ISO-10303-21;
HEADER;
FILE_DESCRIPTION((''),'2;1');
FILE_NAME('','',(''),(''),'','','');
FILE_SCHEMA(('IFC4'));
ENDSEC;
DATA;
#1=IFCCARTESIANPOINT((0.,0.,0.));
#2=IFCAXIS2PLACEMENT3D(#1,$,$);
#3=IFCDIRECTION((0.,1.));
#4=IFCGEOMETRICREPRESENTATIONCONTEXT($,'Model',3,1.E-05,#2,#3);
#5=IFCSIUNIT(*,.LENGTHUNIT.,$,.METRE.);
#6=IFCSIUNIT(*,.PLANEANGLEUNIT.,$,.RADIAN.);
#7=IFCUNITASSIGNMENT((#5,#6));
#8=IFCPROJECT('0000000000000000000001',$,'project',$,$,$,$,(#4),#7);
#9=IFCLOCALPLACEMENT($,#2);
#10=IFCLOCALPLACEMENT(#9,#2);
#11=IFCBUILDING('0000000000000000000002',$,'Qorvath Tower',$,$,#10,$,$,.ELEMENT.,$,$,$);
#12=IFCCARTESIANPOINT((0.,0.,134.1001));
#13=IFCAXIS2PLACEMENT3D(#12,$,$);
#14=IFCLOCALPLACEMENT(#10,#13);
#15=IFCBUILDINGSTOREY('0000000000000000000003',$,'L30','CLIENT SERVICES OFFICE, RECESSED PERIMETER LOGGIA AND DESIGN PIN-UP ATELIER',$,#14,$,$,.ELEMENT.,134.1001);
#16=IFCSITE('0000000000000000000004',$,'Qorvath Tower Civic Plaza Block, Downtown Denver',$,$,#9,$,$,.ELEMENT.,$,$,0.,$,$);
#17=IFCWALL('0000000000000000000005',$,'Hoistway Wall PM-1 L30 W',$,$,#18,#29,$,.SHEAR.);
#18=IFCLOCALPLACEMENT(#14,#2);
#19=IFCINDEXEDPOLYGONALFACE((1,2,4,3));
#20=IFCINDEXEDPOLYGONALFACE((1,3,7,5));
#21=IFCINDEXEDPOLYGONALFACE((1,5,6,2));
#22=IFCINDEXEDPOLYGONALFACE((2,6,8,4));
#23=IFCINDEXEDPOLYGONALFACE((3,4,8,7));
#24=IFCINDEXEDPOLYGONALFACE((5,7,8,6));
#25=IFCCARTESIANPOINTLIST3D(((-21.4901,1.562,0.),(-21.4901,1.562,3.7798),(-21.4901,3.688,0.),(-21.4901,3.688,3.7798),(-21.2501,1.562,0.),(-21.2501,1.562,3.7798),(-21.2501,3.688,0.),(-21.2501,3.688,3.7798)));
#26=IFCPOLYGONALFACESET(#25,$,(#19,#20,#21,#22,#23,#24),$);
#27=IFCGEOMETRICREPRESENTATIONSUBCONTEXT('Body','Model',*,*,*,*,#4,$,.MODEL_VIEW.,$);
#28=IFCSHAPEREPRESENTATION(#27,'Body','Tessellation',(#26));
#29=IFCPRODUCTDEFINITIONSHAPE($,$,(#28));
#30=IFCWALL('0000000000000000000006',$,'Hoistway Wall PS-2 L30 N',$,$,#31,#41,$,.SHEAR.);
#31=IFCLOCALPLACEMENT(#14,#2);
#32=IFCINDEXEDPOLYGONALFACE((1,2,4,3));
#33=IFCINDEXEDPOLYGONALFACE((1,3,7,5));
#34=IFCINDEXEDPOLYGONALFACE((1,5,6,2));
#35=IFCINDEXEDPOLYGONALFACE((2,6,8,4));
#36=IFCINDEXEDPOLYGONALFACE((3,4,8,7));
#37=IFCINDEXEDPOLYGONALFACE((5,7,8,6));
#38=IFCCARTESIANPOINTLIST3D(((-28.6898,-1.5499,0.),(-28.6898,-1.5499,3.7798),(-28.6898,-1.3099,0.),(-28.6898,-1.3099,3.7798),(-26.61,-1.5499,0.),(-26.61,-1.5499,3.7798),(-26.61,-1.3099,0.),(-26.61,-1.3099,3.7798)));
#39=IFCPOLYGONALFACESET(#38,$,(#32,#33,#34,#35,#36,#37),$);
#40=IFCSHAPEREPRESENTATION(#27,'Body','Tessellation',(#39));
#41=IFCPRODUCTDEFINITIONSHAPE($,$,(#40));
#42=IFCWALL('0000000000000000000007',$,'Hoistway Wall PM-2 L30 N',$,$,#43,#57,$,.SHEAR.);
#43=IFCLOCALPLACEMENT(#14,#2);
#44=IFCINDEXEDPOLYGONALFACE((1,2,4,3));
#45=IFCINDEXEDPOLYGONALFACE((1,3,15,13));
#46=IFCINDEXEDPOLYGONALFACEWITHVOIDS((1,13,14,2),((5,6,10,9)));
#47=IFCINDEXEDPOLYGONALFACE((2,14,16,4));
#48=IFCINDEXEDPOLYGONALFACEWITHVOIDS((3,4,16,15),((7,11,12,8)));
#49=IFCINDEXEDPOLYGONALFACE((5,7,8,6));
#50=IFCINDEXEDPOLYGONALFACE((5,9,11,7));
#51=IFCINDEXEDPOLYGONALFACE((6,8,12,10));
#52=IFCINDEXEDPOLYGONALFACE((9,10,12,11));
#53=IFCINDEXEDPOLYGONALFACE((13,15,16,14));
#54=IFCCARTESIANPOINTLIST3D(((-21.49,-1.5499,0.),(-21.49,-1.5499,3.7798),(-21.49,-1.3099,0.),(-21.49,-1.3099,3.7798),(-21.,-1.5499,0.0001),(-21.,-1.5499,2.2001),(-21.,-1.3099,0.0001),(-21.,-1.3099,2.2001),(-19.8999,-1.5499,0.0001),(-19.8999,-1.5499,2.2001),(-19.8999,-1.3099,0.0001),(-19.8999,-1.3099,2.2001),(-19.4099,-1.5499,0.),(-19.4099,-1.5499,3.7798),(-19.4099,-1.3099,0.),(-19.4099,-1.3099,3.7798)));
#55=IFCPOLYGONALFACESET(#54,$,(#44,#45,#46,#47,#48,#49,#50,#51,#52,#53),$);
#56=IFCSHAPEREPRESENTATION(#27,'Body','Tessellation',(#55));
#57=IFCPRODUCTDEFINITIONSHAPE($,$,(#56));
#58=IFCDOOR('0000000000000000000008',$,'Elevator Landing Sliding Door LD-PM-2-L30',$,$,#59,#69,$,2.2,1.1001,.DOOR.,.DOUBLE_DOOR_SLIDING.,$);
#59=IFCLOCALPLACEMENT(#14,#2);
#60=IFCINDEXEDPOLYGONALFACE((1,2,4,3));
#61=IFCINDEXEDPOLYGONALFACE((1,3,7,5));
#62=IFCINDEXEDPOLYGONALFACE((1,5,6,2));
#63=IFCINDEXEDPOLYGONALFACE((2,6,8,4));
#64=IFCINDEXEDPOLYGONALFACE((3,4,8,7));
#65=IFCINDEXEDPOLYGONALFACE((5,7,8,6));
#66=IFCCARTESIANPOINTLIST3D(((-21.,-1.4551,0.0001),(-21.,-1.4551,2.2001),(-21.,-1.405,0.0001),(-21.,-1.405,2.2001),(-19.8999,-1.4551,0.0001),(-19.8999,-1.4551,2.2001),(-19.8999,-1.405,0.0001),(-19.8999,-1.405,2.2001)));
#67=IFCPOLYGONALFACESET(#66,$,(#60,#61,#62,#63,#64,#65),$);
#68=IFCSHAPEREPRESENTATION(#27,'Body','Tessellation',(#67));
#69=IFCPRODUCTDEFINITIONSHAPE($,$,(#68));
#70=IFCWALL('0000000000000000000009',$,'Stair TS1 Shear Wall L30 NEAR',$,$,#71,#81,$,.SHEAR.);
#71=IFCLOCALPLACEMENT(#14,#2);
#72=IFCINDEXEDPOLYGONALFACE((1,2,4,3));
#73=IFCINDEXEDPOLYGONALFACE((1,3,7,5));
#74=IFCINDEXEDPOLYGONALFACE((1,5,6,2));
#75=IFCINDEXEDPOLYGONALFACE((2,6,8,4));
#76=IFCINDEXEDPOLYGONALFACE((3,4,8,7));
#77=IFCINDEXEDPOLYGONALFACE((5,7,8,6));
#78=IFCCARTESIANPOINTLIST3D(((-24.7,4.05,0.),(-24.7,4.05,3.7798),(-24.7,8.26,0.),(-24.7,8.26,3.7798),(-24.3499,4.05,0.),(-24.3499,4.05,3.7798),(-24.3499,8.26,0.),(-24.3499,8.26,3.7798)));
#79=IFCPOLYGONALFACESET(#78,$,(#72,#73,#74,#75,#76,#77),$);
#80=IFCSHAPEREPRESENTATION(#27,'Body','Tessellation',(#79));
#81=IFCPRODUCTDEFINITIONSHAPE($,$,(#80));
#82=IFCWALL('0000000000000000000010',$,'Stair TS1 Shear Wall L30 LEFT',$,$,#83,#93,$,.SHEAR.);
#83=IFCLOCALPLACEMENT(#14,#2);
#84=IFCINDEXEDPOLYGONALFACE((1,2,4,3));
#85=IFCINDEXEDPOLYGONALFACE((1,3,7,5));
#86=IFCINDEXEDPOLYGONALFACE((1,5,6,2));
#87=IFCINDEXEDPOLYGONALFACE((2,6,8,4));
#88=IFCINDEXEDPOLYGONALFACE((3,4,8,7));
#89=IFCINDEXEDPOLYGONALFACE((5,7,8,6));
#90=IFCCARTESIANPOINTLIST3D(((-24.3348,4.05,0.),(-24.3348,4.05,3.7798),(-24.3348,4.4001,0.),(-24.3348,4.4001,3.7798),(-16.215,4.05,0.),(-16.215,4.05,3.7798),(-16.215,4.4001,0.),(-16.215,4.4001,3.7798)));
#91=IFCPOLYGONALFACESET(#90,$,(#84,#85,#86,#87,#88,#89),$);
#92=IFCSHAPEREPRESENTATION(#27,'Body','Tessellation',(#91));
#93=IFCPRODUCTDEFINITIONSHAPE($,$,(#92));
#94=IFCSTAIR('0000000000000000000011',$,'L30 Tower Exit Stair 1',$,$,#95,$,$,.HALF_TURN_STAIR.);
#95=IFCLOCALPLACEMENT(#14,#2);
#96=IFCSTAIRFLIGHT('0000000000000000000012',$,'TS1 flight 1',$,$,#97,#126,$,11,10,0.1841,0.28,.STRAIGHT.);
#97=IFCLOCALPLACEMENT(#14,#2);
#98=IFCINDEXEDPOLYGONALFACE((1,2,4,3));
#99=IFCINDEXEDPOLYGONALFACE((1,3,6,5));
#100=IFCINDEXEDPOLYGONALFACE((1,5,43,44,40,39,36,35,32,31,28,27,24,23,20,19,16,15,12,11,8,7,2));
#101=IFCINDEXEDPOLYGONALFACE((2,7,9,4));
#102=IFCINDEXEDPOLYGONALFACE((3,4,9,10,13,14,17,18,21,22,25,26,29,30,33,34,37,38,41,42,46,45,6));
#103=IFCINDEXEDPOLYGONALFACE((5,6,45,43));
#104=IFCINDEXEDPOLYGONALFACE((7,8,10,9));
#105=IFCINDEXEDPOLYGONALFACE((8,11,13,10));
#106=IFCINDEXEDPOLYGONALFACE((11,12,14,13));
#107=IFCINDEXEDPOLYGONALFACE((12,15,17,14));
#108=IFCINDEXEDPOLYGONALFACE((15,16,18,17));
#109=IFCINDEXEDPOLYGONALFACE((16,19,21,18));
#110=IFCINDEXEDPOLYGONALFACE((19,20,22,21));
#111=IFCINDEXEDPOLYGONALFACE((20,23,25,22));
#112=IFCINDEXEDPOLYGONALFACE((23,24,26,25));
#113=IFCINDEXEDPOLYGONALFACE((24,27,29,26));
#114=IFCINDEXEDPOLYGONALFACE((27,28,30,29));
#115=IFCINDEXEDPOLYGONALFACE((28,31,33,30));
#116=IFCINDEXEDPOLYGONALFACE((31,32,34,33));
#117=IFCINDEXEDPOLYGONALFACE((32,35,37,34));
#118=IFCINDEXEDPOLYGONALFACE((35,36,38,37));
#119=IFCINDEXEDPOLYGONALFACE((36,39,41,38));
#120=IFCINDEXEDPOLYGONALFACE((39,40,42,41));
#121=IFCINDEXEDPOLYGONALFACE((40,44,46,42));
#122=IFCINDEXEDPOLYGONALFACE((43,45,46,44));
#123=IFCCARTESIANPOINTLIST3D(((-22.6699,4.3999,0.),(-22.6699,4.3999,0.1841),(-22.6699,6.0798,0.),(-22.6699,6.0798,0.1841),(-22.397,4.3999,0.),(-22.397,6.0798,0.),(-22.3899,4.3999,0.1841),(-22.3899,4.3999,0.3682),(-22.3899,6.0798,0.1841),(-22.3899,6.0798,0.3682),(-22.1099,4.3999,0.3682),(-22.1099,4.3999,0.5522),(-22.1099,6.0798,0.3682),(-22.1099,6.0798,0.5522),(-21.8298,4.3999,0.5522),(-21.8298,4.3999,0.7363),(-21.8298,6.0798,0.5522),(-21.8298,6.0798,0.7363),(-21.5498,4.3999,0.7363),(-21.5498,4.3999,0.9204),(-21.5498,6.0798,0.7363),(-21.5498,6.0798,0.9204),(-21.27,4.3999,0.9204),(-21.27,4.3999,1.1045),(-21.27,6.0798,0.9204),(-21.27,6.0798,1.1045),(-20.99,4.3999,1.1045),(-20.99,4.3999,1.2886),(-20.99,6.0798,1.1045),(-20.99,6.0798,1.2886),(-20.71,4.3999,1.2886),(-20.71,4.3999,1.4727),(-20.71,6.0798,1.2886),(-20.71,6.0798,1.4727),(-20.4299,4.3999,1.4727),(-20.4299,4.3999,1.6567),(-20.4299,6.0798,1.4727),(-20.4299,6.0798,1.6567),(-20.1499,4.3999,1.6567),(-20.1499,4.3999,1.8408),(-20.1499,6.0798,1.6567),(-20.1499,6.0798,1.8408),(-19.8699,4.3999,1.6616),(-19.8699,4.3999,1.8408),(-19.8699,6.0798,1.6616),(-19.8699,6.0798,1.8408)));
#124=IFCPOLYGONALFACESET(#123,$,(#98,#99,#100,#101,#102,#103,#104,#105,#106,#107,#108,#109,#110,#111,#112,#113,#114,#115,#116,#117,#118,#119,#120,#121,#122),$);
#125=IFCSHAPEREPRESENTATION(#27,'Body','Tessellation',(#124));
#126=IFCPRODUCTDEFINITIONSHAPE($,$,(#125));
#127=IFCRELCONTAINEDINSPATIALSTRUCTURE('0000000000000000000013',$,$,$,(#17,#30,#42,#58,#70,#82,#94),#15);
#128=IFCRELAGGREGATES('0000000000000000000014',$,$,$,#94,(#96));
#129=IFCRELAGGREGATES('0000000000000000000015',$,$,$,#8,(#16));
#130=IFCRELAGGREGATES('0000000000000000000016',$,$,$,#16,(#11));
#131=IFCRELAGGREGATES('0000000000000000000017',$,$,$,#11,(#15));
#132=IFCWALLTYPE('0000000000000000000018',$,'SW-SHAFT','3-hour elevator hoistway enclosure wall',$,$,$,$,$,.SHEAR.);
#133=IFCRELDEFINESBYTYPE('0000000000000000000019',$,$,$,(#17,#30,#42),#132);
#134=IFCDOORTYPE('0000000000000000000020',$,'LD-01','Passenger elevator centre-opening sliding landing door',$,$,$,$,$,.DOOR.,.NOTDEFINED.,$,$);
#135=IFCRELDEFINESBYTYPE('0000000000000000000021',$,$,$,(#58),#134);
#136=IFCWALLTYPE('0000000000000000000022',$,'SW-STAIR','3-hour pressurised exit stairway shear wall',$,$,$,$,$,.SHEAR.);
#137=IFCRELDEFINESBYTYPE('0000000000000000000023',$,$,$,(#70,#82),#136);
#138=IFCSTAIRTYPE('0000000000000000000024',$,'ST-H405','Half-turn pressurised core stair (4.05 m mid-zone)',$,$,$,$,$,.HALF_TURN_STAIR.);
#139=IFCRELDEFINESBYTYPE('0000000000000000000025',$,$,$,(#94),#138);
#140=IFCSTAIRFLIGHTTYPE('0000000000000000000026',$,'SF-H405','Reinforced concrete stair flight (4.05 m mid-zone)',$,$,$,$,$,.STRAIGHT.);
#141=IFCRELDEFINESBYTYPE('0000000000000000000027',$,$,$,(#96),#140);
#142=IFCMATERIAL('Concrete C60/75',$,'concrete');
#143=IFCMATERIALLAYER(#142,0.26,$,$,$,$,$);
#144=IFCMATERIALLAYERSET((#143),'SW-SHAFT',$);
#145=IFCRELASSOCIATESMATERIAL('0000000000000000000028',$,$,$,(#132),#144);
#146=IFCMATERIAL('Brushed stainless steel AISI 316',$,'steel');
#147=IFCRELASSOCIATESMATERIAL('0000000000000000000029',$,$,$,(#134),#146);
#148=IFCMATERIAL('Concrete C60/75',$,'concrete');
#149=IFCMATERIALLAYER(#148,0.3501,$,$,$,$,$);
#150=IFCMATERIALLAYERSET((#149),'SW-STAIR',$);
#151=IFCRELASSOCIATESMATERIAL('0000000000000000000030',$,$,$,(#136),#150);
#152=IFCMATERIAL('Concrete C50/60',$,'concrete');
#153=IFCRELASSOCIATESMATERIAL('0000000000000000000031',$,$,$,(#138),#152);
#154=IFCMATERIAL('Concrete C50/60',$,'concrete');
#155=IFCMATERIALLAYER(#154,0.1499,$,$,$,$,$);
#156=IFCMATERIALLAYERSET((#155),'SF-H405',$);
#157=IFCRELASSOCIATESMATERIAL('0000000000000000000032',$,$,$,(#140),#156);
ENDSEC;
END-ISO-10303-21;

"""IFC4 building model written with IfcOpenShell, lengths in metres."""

from ifc_helpers import new_model, si_unit, direction, frame, frame_2d, origin, place, context, subcontext, project, spatial, polyline, rectangle, outline, extrude, material, layer, layer_set, type_object, element, fill, aggregate, save


model = new_model("IFC4")

# Units and contexts
model_context = context("Model", 3, precision=1e-05, world=origin(), true_north=direction((0.0, 1.0)))
body_context = subcontext(model_context, "Body", "Model", "MODEL_VIEW")
ifc_project = project(units=[si_unit("LENGTHUNIT", "METRE"), si_unit("PLANEANGLEUNIT", "RADIAN")], contexts=[model_context])

# Site, building, storey
site_placement = place(None, origin())
site = spatial("IfcSite", under=ifc_project, at=site_placement, Name="Qorvath Tower Civic Plaza Block, Downtown Denver", CompositionType="ELEMENT", RefElevation=0.0)
building_placement = place(site_placement, origin())
building = spatial("IfcBuilding", under=site, at=building_placement, Name="Qorvath Tower", CompositionType="ELEMENT")
storey_placement = place(building_placement, frame((0.0, 0.0, 134.1001)))
storey = spatial("IfcBuildingStorey", under=building, at=storey_placement, Name="L30", Description="CLIENT SERVICES OFFICE, RECESSED PERIMETER LOGGIA AND DESIGN PIN-UP ATELIER", CompositionType="ELEMENT", Elevation=134.1001)

# Shared definitions
ifc_material_1 = material(Name="Concrete C60/75", Category="concrete")
ifc_layer_1 = layer(ifc_material_1, 0.26)
ifc_layer_set_1 = layer_set([ifc_layer_1], Name="SW-SHAFT")
wall_type_1 = type_object("IfcWallType", Name="SW-SHAFT", Description="3-hour elevator hoistway enclosure wall", PredefinedType="SHEAR", material=ifc_layer_set_1)

# Walls
wall_1_placement = place(storey_placement, frame((-21.3701, 1.562, 0.0), z_axis=(0.0, 0.0, 1.0), x_axis=(0.0, 1.0, 0.0)))
element("IfcWall", 1, at=wall_1_placement, inside=storey, type_object=wall_type_1, Name="Hoistway Wall PM-1 L30 W", PredefinedType="SHEAR", context=body_context, shape_type="SweptSolid", body=[
    extrude(rectangle(XDim=2.126, YDim=0.24, at=frame_2d((1.063, 0.0))), origin(), (0.0, 0.0, 1.0), 3.7798),
])
wall_2_placement = place(storey_placement, frame((-28.6899, -1.4299, 0.0), z_axis=(0.0, 0.0, 1.0), x_axis=(1.0, 0.0, 0.0)))
element("IfcWall", 2, at=wall_2_placement, inside=storey, type_object=wall_type_1, Name="Hoistway Wall PS-2 L30 N", PredefinedType="SHEAR", context=body_context, shape_type="SweptSolid", body=[
    extrude(rectangle(XDim=2.0798, YDim=0.24, at=frame_2d((1.04, 0.0))), origin(), (0.0, 0.0, 1.0), 3.7798),
])

# Wall, opening, door
wall_3_placement = place(storey_placement, frame((-21.49, -1.4299, 0.0), z_axis=(0.0, 0.0, 1.0), x_axis=(1.0, 0.0, 0.0)))
wall_3 = element("IfcWall", 3, at=wall_3_placement, inside=storey, type_object=wall_type_1, Name="Hoistway Wall PM-2 L30 N", PredefinedType="SHEAR", context=body_context, shape_type="SweptSolid", body=[
    extrude(rectangle(XDim=2.0801, YDim=0.24, at=frame_2d((1.04, 0.0))), origin(), (0.0, 0.0, 1.0), 3.7798),
])
opening_1_placement = place(wall_3_placement, frame((0.49, 0.0, 0.0)))
opening_1 = element("IfcOpeningElement", 4, at=opening_1_placement, cuts=wall_3, PredefinedType="OPENING", context=body_context, shape_type="SweptSolid", body=[
    extrude(rectangle(XDim=1.1001, YDim=2.2, at=frame_2d((0.55, 1.1001))), frame((0.0, 0.1299, 0.0), z_axis=(0.0, -1.0, 0.0), x_axis=(1.0, 0.0, 0.0)), (0.0, 0.0, 1.0), 0.26),
])
ifc_material_2 = material(Name="Brushed stainless steel AISI 316", Category="steel")
door_type_1 = type_object("IfcDoorType", Name="LD-01", Description="Passenger elevator centre-opening sliding landing door", OperationType="NOTDEFINED", PredefinedType="DOOR", material=ifc_material_2)
door_1_placement = place(opening_1_placement, origin())
door_1 = element("IfcDoor", 5, at=door_1_placement, inside=storey, type_object=door_type_1, Name="Elevator Landing Sliding Door LD-PM-2-L30", OperationType="DOUBLE_DOOR_SLIDING", OverallHeight=2.2, OverallWidth=1.1001, PredefinedType="DOOR", context=body_context, shape_type="SweptSolid", body=[
    extrude(rectangle(XDim=1.1001, YDim=2.2, at=frame_2d((0.55, 1.1001))), frame((0.0, 0.0249, 0.0), z_axis=(0.0, -1.0, 0.0), x_axis=(1.0, 0.0, 0.0)), (0.0, 0.0, 1.0), 0.05),
])
fill(opening_1, door_1)

# Walls
ifc_material_3 = material(Name="Concrete C60/75", Category="concrete")
ifc_layer_2 = layer(ifc_material_3, 0.3501)
ifc_layer_set_2 = layer_set([ifc_layer_2], Name="SW-STAIR")
wall_type_2 = type_object("IfcWallType", Name="SW-STAIR", Description="3-hour pressurised exit stairway shear wall", PredefinedType="SHEAR", material=ifc_layer_set_2)
wall_4_placement = place(storey_placement, frame((-24.5249, 8.26, 0.0), z_axis=(0.0, 0.0, 1.0), x_axis=(0.0, -1.0, 0.0)))
element("IfcWall", 6, at=wall_4_placement, inside=storey, type_object=wall_type_2, Name="Stair TS1 Shear Wall L30 NEAR", PredefinedType="SHEAR", context=body_context, shape_type="SweptSolid", body=[
    extrude(rectangle(XDim=4.21, YDim=0.3501, at=frame_2d((2.105, 0.0))), origin(), (0.0, 0.0, 1.0), 3.7798),
])
wall_5_placement = place(storey_placement, frame((-24.335, 4.2251, 0.0), z_axis=(0.0, 0.0, 1.0), x_axis=(1.0, 0.0, 0.0)))
element("IfcWall", 7, at=wall_5_placement, inside=storey, type_object=wall_type_2, Name="Stair TS1 Shear Wall L30 LEFT", PredefinedType="SHEAR", context=body_context, shape_type="SweptSolid", body=[
    extrude(rectangle(XDim=8.1199, YDim=0.3501, at=frame_2d((4.0601, 0.0))), origin(), (0.0, 0.0, 1.0), 3.7798),
])

# Stair, stair flight
ifc_material_4 = material(Name="Concrete C50/60", Category="concrete")
stair_type = type_object("IfcStairType", Name="ST-H405", Description="Half-turn pressurised core stair (4.05 m mid-zone)", PredefinedType="HALF_TURN_STAIR", material=ifc_material_4)
stair_placement = place(storey_placement, origin())
stair = element("IfcStair", 8, at=stair_placement, inside=storey, type_object=stair_type, Name="L30 Tower Exit Stair 1", PredefinedType="HALF_TURN_STAIR")
ifc_material_5 = material(Name="Concrete C50/60", Category="concrete")
ifc_layer_3 = layer(ifc_material_5, 0.1499)
ifc_layer_set_3 = layer_set([ifc_layer_3], Name="SF-H405")
stair_flight_type = type_object("IfcStairFlightType", Name="SF-H405", Description="Reinforced concrete stair flight (4.05 m mid-zone)", PredefinedType="STRAIGHT", material=ifc_layer_set_3)
stair_flight_placement = place(storey_placement, frame((-22.6699, 5.24, 0.0), z_axis=(0.0, 0.0, 1.0), x_axis=(1.0, 0.0, 0.0)))
stair_flight = element("IfcStairFlight", 9, at=stair_flight_placement, type_object=stair_flight_type, Name="TS1 flight 1", NumberOfRisers=11, NumberOfTreads=10, PredefinedType="STRAIGHT", RiserHeight=0.1841, TreadLength=0.28, context=body_context, shape_type="SweptSolid", body=[
    extrude(outline(polyline([(0.0, 0.0), (0.0, 0.1841), (0.28, 0.1841), (0.28, 0.3682), (0.5601, 0.3682), (0.5601, 0.5522), (0.8401, 0.5522), (0.8401, 0.7363), (1.1201, 0.7363), (1.1201, 0.9204), (1.3999, 0.9204), (1.3999, 1.1045), (1.6799, 1.1045), (1.6799, 1.2886), (1.96, 1.2886), (1.96, 1.4727), (2.24, 1.4727), (2.24, 1.6567), (2.52, 1.6567), (2.52, 1.8408), (2.8, 1.8408), (2.8, 2.0249), (2.8, 1.6616), (0.2729, 0.0), (0.0, 0.0)])), frame((0.0, 0.8398, 0.0), z_axis=(0.0, -1.0, 0.0), x_axis=(1.0, 0.0, 0.0)), (0.0, 0.0, 1.0), 1.6799),
])
aggregate(stair, [stair_flight])

save(model, "model.ifc")
